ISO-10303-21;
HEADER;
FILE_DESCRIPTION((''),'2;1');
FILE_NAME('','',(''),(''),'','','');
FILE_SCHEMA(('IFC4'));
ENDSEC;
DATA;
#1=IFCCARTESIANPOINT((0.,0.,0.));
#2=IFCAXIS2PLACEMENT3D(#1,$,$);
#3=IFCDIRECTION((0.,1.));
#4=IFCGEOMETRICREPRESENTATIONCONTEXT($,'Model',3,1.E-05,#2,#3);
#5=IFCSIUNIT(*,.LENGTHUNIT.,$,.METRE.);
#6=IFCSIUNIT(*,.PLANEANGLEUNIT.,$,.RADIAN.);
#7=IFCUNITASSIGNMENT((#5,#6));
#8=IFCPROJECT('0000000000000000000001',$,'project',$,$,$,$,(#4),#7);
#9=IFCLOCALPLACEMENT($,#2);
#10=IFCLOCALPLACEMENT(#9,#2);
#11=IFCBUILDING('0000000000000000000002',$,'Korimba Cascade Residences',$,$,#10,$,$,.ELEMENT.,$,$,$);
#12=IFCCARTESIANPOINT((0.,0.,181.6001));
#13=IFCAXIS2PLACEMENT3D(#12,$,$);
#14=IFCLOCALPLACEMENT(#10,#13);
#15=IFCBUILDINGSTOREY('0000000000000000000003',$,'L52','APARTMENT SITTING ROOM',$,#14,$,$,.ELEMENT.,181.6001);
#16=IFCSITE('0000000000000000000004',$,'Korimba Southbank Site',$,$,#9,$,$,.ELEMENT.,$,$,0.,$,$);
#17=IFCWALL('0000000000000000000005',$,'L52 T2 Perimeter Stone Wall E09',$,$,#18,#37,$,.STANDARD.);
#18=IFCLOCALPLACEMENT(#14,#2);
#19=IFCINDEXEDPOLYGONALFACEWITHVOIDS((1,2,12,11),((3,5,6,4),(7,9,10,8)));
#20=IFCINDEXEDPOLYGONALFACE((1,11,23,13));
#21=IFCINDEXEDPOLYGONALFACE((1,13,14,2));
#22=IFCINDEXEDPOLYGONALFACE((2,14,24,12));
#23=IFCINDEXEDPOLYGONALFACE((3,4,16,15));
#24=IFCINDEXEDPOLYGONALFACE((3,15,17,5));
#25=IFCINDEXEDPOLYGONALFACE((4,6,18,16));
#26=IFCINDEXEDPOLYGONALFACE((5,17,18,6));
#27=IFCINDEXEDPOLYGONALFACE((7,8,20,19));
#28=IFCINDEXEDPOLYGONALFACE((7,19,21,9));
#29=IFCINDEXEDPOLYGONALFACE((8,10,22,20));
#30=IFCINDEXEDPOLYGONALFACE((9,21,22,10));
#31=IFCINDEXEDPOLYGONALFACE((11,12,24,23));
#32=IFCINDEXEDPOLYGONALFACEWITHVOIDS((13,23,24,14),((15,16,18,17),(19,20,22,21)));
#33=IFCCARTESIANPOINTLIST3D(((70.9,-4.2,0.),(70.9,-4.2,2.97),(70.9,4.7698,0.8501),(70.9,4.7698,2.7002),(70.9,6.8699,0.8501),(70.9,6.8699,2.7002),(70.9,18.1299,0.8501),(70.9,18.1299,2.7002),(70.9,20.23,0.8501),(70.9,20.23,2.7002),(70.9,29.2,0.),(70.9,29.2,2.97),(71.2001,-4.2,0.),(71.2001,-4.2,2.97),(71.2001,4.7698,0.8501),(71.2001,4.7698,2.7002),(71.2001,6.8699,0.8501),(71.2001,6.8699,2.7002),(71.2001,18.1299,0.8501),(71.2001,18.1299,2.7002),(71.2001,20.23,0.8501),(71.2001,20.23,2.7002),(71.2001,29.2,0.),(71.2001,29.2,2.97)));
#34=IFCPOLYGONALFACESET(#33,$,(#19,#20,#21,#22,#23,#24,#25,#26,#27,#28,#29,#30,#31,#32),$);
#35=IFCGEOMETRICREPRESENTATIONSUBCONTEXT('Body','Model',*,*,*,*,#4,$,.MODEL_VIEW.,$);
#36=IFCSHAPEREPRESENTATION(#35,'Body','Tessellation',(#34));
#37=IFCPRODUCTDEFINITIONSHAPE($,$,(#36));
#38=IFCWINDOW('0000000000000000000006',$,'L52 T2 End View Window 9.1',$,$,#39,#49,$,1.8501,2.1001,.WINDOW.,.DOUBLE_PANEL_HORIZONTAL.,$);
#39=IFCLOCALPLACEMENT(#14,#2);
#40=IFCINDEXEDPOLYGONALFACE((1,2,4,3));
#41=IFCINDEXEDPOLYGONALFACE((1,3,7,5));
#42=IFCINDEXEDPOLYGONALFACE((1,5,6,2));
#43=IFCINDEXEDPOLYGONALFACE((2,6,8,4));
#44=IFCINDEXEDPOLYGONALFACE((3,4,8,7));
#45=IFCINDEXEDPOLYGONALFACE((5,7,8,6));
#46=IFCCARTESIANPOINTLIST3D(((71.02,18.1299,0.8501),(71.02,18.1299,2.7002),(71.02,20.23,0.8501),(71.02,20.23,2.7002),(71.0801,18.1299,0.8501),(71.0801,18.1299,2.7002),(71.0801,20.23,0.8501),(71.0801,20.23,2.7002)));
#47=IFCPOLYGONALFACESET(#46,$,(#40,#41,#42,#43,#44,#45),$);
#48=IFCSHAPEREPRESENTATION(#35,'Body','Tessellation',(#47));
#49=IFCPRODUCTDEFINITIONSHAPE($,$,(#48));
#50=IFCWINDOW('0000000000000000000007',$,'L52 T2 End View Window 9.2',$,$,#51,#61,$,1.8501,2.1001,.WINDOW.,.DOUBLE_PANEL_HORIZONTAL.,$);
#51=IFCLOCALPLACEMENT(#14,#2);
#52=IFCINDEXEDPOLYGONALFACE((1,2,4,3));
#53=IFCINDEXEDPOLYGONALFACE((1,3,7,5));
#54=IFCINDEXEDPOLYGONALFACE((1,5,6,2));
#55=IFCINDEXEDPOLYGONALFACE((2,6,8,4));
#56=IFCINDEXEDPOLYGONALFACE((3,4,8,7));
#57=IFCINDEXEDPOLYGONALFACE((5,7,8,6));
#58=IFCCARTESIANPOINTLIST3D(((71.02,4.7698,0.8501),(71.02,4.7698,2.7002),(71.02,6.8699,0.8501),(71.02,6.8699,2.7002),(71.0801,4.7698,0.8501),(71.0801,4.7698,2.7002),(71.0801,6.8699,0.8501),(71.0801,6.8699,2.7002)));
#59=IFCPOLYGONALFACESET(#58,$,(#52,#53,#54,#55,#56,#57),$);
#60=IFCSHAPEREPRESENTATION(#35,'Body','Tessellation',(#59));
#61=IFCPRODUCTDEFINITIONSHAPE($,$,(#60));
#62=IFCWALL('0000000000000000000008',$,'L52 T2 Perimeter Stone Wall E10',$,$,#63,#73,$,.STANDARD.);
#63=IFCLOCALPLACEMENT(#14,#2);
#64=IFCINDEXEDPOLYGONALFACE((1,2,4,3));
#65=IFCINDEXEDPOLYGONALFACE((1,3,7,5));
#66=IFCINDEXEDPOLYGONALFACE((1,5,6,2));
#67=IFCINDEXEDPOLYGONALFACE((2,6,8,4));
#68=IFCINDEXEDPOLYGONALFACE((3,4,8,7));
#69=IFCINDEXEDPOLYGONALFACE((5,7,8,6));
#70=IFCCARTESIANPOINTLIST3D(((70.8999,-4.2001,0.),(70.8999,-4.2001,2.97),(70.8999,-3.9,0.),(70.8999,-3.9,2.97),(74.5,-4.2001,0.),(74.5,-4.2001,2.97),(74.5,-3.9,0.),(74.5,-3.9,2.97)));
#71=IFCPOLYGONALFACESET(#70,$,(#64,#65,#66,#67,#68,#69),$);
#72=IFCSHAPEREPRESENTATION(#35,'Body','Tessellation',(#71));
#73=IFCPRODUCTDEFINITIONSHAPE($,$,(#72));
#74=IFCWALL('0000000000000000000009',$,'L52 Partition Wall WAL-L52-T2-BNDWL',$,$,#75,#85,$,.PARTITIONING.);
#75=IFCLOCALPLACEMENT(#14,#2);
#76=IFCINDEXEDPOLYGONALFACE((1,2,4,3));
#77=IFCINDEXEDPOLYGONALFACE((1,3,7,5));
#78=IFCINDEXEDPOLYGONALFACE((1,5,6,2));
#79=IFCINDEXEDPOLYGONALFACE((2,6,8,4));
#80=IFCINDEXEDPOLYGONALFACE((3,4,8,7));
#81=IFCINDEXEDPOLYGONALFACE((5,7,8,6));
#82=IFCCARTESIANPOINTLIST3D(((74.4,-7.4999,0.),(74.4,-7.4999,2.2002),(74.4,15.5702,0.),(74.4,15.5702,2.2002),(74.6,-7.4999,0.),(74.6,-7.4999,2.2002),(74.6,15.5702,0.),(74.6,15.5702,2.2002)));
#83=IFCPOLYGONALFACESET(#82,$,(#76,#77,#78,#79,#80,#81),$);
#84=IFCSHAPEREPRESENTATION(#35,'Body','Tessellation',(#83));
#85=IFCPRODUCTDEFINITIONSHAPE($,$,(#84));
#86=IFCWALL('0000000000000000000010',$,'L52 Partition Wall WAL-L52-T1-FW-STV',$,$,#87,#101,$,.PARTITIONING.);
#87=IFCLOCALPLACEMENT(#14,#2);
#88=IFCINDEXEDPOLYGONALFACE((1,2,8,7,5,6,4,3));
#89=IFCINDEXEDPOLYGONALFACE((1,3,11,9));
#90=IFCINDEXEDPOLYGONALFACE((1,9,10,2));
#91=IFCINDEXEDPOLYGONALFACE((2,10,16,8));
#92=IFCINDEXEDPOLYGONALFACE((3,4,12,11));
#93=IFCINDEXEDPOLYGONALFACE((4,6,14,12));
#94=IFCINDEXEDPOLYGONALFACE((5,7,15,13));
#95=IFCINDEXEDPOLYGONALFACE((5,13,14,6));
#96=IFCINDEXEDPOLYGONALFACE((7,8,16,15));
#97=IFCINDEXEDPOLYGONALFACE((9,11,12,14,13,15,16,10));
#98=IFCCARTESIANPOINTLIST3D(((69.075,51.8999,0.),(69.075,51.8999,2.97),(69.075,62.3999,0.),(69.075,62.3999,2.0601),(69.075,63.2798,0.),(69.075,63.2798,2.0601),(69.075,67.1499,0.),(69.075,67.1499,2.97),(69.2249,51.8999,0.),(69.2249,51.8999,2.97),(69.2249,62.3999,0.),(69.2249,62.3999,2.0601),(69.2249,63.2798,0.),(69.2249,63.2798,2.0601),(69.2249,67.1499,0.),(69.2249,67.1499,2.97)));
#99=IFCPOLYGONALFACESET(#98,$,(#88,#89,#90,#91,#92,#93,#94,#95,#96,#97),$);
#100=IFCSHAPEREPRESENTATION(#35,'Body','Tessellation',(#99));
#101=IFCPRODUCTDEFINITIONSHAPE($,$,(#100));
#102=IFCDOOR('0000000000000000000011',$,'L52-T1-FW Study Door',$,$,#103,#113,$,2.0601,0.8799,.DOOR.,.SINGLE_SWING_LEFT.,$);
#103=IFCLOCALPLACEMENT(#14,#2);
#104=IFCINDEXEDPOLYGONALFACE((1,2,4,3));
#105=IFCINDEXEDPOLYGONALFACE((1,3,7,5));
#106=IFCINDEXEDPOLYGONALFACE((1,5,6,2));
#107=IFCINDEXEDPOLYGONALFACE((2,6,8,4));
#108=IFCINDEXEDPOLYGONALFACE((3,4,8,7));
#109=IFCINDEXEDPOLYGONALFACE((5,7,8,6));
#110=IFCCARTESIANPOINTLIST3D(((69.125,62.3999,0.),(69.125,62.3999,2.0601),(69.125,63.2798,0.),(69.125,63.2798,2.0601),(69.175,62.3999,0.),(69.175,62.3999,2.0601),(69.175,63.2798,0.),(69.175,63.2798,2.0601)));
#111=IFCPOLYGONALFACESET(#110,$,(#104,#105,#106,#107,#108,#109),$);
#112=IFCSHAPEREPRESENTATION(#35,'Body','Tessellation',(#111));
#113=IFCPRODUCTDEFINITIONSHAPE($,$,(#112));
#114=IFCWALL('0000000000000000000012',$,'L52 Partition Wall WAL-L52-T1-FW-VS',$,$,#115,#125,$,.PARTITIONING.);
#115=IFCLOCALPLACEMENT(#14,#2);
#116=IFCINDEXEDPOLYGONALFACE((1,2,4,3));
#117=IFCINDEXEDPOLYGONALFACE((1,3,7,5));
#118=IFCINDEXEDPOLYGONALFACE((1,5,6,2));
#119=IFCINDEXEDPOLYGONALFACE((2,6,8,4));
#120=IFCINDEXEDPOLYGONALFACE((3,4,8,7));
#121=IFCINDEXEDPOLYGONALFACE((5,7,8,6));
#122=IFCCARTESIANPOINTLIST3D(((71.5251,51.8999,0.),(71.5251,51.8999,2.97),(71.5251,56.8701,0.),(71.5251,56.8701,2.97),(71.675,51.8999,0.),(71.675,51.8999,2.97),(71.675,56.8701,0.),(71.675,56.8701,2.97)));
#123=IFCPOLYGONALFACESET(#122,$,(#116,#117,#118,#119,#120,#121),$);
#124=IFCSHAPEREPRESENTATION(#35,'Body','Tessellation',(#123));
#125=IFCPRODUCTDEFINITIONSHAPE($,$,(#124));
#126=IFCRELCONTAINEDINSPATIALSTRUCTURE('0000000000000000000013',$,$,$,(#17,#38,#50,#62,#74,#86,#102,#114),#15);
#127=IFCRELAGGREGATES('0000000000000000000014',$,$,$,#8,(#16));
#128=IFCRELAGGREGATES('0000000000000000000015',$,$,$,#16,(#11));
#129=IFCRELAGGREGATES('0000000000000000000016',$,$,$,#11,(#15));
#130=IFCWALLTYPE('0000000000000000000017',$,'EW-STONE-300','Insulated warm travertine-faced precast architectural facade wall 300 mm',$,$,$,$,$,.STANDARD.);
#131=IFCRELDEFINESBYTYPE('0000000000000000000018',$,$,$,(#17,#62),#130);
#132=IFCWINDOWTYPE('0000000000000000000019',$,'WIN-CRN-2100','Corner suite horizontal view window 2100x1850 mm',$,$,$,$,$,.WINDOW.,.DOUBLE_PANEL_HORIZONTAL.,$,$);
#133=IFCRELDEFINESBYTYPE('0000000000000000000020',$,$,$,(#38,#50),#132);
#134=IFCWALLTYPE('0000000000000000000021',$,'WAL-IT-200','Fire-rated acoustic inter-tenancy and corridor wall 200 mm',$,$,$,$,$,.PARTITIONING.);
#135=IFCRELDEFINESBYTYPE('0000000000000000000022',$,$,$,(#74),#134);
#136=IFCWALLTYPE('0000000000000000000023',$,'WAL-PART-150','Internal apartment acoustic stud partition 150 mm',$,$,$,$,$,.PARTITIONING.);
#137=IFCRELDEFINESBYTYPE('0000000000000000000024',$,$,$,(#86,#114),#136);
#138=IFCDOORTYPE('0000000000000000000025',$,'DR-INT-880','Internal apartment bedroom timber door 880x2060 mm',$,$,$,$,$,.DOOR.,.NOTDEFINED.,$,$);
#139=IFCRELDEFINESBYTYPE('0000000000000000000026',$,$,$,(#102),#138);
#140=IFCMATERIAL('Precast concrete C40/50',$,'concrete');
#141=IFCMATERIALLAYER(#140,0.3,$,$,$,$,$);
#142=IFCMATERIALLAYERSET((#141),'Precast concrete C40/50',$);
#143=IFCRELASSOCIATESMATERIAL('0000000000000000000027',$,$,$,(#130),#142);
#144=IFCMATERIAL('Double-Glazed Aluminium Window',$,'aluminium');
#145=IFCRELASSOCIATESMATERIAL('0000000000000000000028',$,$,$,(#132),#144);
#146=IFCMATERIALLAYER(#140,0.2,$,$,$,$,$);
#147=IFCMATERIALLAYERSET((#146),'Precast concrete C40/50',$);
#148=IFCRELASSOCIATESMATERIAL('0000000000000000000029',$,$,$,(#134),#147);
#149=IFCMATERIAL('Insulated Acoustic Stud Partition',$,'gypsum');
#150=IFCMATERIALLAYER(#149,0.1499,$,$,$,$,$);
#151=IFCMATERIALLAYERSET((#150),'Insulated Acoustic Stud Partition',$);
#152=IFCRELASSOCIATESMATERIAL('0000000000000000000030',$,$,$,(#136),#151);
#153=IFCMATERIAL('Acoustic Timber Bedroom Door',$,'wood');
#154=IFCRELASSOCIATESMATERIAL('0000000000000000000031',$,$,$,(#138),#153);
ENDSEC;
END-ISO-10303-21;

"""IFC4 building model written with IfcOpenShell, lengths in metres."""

from ifc_helpers import new_model, si_unit, direction, frame, frame_2d, origin, place, context, subcontext, project, spatial, rectangle, extrude, material, layer, layer_set, type_object, element, fill, save


model = new_model("IFC4")

# Units and contexts
model_context = context("Model", 3, precision=1e-05, world=origin(), true_north=direction((0.0, 1.0)))
body_context = subcontext(model_context, "Body", "Model", "MODEL_VIEW")
ifc_project = project(units=[si_unit("LENGTHUNIT", "METRE"), si_unit("PLANEANGLEUNIT", "RADIAN")], contexts=[model_context])

# Site, building, storey
site_placement = place(None, origin())
site = spatial("IfcSite", under=ifc_project, at=site_placement, Name="Korimba Southbank Site", CompositionType="ELEMENT", RefElevation=0.0)
building_placement = place(site_placement, origin())
building = spatial("IfcBuilding", under=site, at=building_placement, Name="Korimba Cascade Residences", CompositionType="ELEMENT")
storey_placement = place(building_placement, frame((0.0, 0.0, 181.6001)))
storey = spatial("IfcBuildingStorey", under=building, at=storey_placement, Name="L52", Description="APARTMENT SITTING ROOM", CompositionType="ELEMENT", Elevation=181.6001)

# Shared definitions
ifc_material_1 = material(Name="Precast concrete C40/50", Category="concrete")
ifc_material_2 = material(Name="Double-Glazed Aluminium Window", Category="aluminium")

# Wall, openings, windows
ifc_layer_1 = layer(ifc_material_1, 0.3)
ifc_layer_set_1 = layer_set([ifc_layer_1], Name="Precast concrete C40/50")
wall_type_1 = type_object("IfcWallType", Name="EW-STONE-300", Description="Insulated warm travertine-faced precast architectural facade wall 300 mm", PredefinedType="STANDARD", material=ifc_layer_set_1)
wall_1_placement = place(storey_placement, frame((71.05, 29.2, 0.0), z_axis=(0.0, 0.0, 1.0), x_axis=(0.0, -1.0, 0.0)))
wall_1 = element("IfcWall", 1, at=wall_1_placement, inside=storey, type_object=wall_type_1, Name="L52 T2 Perimeter Stone Wall E09", PredefinedType="STANDARD", context=body_context, shape_type="SweptSolid", body=[
    extrude(rectangle(XDim=33.3999, YDim=0.3, at=frame_2d((16.7, 0.0))), origin(), (0.0, 0.0, 1.0), 2.97),
])
opening_1_placement = place(wall_1_placement, frame((8.97, 0.0, 0.8501)))
opening_1 = element("IfcOpeningElement", 2, at=opening_1_placement, cuts=wall_1, PredefinedType="OPENING", context=body_context, shape_type="SweptSolid", body=[
    extrude(rectangle(XDim=2.1001, YDim=1.8501, at=frame_2d((1.05, 0.925))), frame((0.0, 0.1602, 0.0), z_axis=(0.0, -1.0, 0.0), x_axis=(1.0, 0.0, 0.0)), (0.0, 0.0, 1.0), 0.3201),
])
opening_2_placement = place(wall_1_placement, frame((22.3301, 0.0, 0.8501)))
opening_2 = element("IfcOpeningElement", 3, at=opening_2_placement, cuts=wall_1, PredefinedType="OPENING", context=body_context, shape_type="SweptSolid", body=[
    extrude(rectangle(XDim=2.1001, YDim=1.8501, at=frame_2d((1.05, 0.925))), frame((0.0, 0.1602, 0.0), z_axis=(0.0, -1.0, 0.0), x_axis=(1.0, 0.0, 0.0)), (0.0, 0.0, 1.0), 0.3201),
])
window_type_1 = type_object("IfcWindowType", Name="WIN-CRN-2100", Description="Corner suite horizontal view window 2100x1850 mm", PartitioningType="DOUBLE_PANEL_HORIZONTAL", PredefinedType="WINDOW", material=ifc_material_2)
window_1_placement = place(opening_1_placement, origin())
window_1 = element("IfcWindow", 4, at=window_1_placement, inside=storey, type_object=window_type_1, Name="L52 T2 End View Window 9.1", OverallHeight=1.8501, OverallWidth=2.1001, PartitioningType="DOUBLE_PANEL_HORIZONTAL", PredefinedType="WINDOW", context=body_context, shape_type="SweptSolid", body=[
    extrude(rectangle(XDim=2.1001, YDim=1.8501, at=frame_2d((1.05, 0.925))), frame((0.0, 0.03, 0.0), z_axis=(0.0, -1.0, 0.0), x_axis=(1.0, 0.0, 0.0)), (0.0, 0.0, 1.0), 0.0601),
])
fill(opening_1, window_1)
window_2_placement = place(opening_2_placement, origin())
window_2 = element("IfcWindow", 5, at=window_2_placement, inside=storey, type_object=window_type_1, Name="L52 T2 End View Window 9.2", OverallHeight=1.8501, OverallWidth=2.1001, PartitioningType="DOUBLE_PANEL_HORIZONTAL", PredefinedType="WINDOW", context=body_context, shape_type="SweptSolid", body=[
    extrude(rectangle(XDim=2.1001, YDim=1.8501, at=frame_2d((1.05, 0.925))), frame((0.0, 0.03, 0.0), z_axis=(0.0, -1.0, 0.0), x_axis=(1.0, 0.0, 0.0)), (0.0, 0.0, 1.0), 0.0601),
])
fill(opening_2, window_2)

# Walls
wall_2_placement = place(storey_placement, frame((70.8999, -4.05, 0.0), z_axis=(0.0, 0.0, 1.0), x_axis=(1.0, 0.0, 0.0)))
element("IfcWall", 6, at=wall_2_placement, inside=storey, type_object=wall_type_1, Name="L52 T2 Perimeter Stone Wall E10", PredefinedType="STANDARD", context=body_context, shape_type="SweptSolid", body=[
    extrude(rectangle(XDim=3.6001, YDim=0.3, at=frame_2d((1.8, 0.0))), origin(), (0.0, 0.0, 1.0), 2.97),
])
ifc_layer_2 = layer(ifc_material_1, 0.2)
ifc_layer_set_2 = layer_set([ifc_layer_2], Name="Precast concrete C40/50")
wall_type_2 = type_object("IfcWallType", Name="WAL-IT-200", Description="Fire-rated acoustic inter-tenancy and corridor wall 200 mm", PredefinedType="PARTITIONING", material=ifc_layer_set_2)
wall_3_placement = place(storey_placement, frame((74.5, -7.5, 0.0), z_axis=(0.0, 0.0, 1.0), x_axis=(0.0, 1.0, 0.0)))
element("IfcWall", 7, at=wall_3_placement, inside=storey, type_object=wall_type_2, Name="L52 Partition Wall WAL-L52-T2-BNDWL", PredefinedType="PARTITIONING", context=body_context, shape_type="SweptSolid", body=[
    extrude(rectangle(XDim=23.0701, YDim=0.2, at=frame_2d((11.5352, 0.0))), origin(), (0.0, 0.0, 1.0), 2.2002),
])

# Wall, opening, door
ifc_material_3 = material(Name="Insulated Acoustic Stud Partition", Category="gypsum")
ifc_layer_3 = layer(ifc_material_3, 0.1499)
ifc_layer_set_3 = layer_set([ifc_layer_3], Name="Insulated Acoustic Stud Partition")
wall_type_3 = type_object("IfcWallType", Name="WAL-PART-150", Description="Internal apartment acoustic stud partition 150 mm", PredefinedType="PARTITIONING", material=ifc_layer_set_3)
wall_4_placement = place(storey_placement, frame((69.1499, 51.8999, 0.0), z_axis=(0.0, 0.0, 1.0), x_axis=(0.0, 1.0, 0.0)))
wall_4 = element("IfcWall", 8, at=wall_4_placement, inside=storey, type_object=wall_type_3, Name="L52 Partition Wall WAL-L52-T1-FW-STV", PredefinedType="PARTITIONING", context=body_context, shape_type="SweptSolid", body=[
    extrude(rectangle(XDim=15.25, YDim=0.1499, at=frame_2d((7.625, 0.0))), origin(), (0.0, 0.0, 1.0), 2.97),
])
opening_3_placement = place(wall_4_placement, frame((10.5, 0.0, 0.0)))
opening_3 = element("IfcOpeningElement", 9, at=opening_3_placement, cuts=wall_4, PredefinedType="OPENING", context=body_context, shape_type="SweptSolid", body=[
    extrude(rectangle(XDim=0.8799, YDim=2.0601, at=frame_2d((0.4399, 1.03))), frame((0.0, 0.085, 0.0), z_axis=(0.0, -1.0, 0.0), x_axis=(1.0, 0.0, 0.0)), (0.0, 0.0, 1.0), 0.1699),
])
ifc_material_4 = material(Name="Acoustic Timber Bedroom Door", Category="wood")
door_type_1 = type_object("IfcDoorType", Name="DR-INT-880", Description="Internal apartment bedroom timber door 880x2060 mm", OperationType="NOTDEFINED", PredefinedType="DOOR", material=ifc_material_4)
door_1_placement = place(opening_3_placement, origin())
door_1 = element("IfcDoor", 10, at=door_1_placement, inside=storey, type_object=door_type_1, Name="L52-T1-FW Study Door", OperationType="SINGLE_SWING_LEFT", OverallHeight=2.0601, OverallWidth=0.8799, PredefinedType="DOOR", context=body_context, shape_type="SweptSolid", body=[
    extrude(rectangle(XDim=0.8799, YDim=2.0601, at=frame_2d((0.4399, 1.03))), frame((0.0, 0.0249, 0.0), z_axis=(0.0, -1.0, 0.0), x_axis=(1.0, 0.0, 0.0)), (0.0, 0.0, 1.0), 0.05),
])
fill(opening_3, door_1)

# Wall
wall_5_placement = place(storey_placement, frame((71.6001, 51.8999, 0.0), z_axis=(0.0, 0.0, 1.0), x_axis=(0.0, 1.0, 0.0)))
element("IfcWall", 11, at=wall_5_placement, inside=storey, type_object=wall_type_3, Name="L52 Partition Wall WAL-L52-T1-FW-VS", PredefinedType="PARTITIONING", context=body_context, shape_type="SweptSolid", body=[
    extrude(rectangle(XDim=4.9702, YDim=0.1499, at=frame_2d((2.4851, 0.0))), origin(), (0.0, 0.0, 1.0), 2.97),
])

save(model, "model.ifc")
